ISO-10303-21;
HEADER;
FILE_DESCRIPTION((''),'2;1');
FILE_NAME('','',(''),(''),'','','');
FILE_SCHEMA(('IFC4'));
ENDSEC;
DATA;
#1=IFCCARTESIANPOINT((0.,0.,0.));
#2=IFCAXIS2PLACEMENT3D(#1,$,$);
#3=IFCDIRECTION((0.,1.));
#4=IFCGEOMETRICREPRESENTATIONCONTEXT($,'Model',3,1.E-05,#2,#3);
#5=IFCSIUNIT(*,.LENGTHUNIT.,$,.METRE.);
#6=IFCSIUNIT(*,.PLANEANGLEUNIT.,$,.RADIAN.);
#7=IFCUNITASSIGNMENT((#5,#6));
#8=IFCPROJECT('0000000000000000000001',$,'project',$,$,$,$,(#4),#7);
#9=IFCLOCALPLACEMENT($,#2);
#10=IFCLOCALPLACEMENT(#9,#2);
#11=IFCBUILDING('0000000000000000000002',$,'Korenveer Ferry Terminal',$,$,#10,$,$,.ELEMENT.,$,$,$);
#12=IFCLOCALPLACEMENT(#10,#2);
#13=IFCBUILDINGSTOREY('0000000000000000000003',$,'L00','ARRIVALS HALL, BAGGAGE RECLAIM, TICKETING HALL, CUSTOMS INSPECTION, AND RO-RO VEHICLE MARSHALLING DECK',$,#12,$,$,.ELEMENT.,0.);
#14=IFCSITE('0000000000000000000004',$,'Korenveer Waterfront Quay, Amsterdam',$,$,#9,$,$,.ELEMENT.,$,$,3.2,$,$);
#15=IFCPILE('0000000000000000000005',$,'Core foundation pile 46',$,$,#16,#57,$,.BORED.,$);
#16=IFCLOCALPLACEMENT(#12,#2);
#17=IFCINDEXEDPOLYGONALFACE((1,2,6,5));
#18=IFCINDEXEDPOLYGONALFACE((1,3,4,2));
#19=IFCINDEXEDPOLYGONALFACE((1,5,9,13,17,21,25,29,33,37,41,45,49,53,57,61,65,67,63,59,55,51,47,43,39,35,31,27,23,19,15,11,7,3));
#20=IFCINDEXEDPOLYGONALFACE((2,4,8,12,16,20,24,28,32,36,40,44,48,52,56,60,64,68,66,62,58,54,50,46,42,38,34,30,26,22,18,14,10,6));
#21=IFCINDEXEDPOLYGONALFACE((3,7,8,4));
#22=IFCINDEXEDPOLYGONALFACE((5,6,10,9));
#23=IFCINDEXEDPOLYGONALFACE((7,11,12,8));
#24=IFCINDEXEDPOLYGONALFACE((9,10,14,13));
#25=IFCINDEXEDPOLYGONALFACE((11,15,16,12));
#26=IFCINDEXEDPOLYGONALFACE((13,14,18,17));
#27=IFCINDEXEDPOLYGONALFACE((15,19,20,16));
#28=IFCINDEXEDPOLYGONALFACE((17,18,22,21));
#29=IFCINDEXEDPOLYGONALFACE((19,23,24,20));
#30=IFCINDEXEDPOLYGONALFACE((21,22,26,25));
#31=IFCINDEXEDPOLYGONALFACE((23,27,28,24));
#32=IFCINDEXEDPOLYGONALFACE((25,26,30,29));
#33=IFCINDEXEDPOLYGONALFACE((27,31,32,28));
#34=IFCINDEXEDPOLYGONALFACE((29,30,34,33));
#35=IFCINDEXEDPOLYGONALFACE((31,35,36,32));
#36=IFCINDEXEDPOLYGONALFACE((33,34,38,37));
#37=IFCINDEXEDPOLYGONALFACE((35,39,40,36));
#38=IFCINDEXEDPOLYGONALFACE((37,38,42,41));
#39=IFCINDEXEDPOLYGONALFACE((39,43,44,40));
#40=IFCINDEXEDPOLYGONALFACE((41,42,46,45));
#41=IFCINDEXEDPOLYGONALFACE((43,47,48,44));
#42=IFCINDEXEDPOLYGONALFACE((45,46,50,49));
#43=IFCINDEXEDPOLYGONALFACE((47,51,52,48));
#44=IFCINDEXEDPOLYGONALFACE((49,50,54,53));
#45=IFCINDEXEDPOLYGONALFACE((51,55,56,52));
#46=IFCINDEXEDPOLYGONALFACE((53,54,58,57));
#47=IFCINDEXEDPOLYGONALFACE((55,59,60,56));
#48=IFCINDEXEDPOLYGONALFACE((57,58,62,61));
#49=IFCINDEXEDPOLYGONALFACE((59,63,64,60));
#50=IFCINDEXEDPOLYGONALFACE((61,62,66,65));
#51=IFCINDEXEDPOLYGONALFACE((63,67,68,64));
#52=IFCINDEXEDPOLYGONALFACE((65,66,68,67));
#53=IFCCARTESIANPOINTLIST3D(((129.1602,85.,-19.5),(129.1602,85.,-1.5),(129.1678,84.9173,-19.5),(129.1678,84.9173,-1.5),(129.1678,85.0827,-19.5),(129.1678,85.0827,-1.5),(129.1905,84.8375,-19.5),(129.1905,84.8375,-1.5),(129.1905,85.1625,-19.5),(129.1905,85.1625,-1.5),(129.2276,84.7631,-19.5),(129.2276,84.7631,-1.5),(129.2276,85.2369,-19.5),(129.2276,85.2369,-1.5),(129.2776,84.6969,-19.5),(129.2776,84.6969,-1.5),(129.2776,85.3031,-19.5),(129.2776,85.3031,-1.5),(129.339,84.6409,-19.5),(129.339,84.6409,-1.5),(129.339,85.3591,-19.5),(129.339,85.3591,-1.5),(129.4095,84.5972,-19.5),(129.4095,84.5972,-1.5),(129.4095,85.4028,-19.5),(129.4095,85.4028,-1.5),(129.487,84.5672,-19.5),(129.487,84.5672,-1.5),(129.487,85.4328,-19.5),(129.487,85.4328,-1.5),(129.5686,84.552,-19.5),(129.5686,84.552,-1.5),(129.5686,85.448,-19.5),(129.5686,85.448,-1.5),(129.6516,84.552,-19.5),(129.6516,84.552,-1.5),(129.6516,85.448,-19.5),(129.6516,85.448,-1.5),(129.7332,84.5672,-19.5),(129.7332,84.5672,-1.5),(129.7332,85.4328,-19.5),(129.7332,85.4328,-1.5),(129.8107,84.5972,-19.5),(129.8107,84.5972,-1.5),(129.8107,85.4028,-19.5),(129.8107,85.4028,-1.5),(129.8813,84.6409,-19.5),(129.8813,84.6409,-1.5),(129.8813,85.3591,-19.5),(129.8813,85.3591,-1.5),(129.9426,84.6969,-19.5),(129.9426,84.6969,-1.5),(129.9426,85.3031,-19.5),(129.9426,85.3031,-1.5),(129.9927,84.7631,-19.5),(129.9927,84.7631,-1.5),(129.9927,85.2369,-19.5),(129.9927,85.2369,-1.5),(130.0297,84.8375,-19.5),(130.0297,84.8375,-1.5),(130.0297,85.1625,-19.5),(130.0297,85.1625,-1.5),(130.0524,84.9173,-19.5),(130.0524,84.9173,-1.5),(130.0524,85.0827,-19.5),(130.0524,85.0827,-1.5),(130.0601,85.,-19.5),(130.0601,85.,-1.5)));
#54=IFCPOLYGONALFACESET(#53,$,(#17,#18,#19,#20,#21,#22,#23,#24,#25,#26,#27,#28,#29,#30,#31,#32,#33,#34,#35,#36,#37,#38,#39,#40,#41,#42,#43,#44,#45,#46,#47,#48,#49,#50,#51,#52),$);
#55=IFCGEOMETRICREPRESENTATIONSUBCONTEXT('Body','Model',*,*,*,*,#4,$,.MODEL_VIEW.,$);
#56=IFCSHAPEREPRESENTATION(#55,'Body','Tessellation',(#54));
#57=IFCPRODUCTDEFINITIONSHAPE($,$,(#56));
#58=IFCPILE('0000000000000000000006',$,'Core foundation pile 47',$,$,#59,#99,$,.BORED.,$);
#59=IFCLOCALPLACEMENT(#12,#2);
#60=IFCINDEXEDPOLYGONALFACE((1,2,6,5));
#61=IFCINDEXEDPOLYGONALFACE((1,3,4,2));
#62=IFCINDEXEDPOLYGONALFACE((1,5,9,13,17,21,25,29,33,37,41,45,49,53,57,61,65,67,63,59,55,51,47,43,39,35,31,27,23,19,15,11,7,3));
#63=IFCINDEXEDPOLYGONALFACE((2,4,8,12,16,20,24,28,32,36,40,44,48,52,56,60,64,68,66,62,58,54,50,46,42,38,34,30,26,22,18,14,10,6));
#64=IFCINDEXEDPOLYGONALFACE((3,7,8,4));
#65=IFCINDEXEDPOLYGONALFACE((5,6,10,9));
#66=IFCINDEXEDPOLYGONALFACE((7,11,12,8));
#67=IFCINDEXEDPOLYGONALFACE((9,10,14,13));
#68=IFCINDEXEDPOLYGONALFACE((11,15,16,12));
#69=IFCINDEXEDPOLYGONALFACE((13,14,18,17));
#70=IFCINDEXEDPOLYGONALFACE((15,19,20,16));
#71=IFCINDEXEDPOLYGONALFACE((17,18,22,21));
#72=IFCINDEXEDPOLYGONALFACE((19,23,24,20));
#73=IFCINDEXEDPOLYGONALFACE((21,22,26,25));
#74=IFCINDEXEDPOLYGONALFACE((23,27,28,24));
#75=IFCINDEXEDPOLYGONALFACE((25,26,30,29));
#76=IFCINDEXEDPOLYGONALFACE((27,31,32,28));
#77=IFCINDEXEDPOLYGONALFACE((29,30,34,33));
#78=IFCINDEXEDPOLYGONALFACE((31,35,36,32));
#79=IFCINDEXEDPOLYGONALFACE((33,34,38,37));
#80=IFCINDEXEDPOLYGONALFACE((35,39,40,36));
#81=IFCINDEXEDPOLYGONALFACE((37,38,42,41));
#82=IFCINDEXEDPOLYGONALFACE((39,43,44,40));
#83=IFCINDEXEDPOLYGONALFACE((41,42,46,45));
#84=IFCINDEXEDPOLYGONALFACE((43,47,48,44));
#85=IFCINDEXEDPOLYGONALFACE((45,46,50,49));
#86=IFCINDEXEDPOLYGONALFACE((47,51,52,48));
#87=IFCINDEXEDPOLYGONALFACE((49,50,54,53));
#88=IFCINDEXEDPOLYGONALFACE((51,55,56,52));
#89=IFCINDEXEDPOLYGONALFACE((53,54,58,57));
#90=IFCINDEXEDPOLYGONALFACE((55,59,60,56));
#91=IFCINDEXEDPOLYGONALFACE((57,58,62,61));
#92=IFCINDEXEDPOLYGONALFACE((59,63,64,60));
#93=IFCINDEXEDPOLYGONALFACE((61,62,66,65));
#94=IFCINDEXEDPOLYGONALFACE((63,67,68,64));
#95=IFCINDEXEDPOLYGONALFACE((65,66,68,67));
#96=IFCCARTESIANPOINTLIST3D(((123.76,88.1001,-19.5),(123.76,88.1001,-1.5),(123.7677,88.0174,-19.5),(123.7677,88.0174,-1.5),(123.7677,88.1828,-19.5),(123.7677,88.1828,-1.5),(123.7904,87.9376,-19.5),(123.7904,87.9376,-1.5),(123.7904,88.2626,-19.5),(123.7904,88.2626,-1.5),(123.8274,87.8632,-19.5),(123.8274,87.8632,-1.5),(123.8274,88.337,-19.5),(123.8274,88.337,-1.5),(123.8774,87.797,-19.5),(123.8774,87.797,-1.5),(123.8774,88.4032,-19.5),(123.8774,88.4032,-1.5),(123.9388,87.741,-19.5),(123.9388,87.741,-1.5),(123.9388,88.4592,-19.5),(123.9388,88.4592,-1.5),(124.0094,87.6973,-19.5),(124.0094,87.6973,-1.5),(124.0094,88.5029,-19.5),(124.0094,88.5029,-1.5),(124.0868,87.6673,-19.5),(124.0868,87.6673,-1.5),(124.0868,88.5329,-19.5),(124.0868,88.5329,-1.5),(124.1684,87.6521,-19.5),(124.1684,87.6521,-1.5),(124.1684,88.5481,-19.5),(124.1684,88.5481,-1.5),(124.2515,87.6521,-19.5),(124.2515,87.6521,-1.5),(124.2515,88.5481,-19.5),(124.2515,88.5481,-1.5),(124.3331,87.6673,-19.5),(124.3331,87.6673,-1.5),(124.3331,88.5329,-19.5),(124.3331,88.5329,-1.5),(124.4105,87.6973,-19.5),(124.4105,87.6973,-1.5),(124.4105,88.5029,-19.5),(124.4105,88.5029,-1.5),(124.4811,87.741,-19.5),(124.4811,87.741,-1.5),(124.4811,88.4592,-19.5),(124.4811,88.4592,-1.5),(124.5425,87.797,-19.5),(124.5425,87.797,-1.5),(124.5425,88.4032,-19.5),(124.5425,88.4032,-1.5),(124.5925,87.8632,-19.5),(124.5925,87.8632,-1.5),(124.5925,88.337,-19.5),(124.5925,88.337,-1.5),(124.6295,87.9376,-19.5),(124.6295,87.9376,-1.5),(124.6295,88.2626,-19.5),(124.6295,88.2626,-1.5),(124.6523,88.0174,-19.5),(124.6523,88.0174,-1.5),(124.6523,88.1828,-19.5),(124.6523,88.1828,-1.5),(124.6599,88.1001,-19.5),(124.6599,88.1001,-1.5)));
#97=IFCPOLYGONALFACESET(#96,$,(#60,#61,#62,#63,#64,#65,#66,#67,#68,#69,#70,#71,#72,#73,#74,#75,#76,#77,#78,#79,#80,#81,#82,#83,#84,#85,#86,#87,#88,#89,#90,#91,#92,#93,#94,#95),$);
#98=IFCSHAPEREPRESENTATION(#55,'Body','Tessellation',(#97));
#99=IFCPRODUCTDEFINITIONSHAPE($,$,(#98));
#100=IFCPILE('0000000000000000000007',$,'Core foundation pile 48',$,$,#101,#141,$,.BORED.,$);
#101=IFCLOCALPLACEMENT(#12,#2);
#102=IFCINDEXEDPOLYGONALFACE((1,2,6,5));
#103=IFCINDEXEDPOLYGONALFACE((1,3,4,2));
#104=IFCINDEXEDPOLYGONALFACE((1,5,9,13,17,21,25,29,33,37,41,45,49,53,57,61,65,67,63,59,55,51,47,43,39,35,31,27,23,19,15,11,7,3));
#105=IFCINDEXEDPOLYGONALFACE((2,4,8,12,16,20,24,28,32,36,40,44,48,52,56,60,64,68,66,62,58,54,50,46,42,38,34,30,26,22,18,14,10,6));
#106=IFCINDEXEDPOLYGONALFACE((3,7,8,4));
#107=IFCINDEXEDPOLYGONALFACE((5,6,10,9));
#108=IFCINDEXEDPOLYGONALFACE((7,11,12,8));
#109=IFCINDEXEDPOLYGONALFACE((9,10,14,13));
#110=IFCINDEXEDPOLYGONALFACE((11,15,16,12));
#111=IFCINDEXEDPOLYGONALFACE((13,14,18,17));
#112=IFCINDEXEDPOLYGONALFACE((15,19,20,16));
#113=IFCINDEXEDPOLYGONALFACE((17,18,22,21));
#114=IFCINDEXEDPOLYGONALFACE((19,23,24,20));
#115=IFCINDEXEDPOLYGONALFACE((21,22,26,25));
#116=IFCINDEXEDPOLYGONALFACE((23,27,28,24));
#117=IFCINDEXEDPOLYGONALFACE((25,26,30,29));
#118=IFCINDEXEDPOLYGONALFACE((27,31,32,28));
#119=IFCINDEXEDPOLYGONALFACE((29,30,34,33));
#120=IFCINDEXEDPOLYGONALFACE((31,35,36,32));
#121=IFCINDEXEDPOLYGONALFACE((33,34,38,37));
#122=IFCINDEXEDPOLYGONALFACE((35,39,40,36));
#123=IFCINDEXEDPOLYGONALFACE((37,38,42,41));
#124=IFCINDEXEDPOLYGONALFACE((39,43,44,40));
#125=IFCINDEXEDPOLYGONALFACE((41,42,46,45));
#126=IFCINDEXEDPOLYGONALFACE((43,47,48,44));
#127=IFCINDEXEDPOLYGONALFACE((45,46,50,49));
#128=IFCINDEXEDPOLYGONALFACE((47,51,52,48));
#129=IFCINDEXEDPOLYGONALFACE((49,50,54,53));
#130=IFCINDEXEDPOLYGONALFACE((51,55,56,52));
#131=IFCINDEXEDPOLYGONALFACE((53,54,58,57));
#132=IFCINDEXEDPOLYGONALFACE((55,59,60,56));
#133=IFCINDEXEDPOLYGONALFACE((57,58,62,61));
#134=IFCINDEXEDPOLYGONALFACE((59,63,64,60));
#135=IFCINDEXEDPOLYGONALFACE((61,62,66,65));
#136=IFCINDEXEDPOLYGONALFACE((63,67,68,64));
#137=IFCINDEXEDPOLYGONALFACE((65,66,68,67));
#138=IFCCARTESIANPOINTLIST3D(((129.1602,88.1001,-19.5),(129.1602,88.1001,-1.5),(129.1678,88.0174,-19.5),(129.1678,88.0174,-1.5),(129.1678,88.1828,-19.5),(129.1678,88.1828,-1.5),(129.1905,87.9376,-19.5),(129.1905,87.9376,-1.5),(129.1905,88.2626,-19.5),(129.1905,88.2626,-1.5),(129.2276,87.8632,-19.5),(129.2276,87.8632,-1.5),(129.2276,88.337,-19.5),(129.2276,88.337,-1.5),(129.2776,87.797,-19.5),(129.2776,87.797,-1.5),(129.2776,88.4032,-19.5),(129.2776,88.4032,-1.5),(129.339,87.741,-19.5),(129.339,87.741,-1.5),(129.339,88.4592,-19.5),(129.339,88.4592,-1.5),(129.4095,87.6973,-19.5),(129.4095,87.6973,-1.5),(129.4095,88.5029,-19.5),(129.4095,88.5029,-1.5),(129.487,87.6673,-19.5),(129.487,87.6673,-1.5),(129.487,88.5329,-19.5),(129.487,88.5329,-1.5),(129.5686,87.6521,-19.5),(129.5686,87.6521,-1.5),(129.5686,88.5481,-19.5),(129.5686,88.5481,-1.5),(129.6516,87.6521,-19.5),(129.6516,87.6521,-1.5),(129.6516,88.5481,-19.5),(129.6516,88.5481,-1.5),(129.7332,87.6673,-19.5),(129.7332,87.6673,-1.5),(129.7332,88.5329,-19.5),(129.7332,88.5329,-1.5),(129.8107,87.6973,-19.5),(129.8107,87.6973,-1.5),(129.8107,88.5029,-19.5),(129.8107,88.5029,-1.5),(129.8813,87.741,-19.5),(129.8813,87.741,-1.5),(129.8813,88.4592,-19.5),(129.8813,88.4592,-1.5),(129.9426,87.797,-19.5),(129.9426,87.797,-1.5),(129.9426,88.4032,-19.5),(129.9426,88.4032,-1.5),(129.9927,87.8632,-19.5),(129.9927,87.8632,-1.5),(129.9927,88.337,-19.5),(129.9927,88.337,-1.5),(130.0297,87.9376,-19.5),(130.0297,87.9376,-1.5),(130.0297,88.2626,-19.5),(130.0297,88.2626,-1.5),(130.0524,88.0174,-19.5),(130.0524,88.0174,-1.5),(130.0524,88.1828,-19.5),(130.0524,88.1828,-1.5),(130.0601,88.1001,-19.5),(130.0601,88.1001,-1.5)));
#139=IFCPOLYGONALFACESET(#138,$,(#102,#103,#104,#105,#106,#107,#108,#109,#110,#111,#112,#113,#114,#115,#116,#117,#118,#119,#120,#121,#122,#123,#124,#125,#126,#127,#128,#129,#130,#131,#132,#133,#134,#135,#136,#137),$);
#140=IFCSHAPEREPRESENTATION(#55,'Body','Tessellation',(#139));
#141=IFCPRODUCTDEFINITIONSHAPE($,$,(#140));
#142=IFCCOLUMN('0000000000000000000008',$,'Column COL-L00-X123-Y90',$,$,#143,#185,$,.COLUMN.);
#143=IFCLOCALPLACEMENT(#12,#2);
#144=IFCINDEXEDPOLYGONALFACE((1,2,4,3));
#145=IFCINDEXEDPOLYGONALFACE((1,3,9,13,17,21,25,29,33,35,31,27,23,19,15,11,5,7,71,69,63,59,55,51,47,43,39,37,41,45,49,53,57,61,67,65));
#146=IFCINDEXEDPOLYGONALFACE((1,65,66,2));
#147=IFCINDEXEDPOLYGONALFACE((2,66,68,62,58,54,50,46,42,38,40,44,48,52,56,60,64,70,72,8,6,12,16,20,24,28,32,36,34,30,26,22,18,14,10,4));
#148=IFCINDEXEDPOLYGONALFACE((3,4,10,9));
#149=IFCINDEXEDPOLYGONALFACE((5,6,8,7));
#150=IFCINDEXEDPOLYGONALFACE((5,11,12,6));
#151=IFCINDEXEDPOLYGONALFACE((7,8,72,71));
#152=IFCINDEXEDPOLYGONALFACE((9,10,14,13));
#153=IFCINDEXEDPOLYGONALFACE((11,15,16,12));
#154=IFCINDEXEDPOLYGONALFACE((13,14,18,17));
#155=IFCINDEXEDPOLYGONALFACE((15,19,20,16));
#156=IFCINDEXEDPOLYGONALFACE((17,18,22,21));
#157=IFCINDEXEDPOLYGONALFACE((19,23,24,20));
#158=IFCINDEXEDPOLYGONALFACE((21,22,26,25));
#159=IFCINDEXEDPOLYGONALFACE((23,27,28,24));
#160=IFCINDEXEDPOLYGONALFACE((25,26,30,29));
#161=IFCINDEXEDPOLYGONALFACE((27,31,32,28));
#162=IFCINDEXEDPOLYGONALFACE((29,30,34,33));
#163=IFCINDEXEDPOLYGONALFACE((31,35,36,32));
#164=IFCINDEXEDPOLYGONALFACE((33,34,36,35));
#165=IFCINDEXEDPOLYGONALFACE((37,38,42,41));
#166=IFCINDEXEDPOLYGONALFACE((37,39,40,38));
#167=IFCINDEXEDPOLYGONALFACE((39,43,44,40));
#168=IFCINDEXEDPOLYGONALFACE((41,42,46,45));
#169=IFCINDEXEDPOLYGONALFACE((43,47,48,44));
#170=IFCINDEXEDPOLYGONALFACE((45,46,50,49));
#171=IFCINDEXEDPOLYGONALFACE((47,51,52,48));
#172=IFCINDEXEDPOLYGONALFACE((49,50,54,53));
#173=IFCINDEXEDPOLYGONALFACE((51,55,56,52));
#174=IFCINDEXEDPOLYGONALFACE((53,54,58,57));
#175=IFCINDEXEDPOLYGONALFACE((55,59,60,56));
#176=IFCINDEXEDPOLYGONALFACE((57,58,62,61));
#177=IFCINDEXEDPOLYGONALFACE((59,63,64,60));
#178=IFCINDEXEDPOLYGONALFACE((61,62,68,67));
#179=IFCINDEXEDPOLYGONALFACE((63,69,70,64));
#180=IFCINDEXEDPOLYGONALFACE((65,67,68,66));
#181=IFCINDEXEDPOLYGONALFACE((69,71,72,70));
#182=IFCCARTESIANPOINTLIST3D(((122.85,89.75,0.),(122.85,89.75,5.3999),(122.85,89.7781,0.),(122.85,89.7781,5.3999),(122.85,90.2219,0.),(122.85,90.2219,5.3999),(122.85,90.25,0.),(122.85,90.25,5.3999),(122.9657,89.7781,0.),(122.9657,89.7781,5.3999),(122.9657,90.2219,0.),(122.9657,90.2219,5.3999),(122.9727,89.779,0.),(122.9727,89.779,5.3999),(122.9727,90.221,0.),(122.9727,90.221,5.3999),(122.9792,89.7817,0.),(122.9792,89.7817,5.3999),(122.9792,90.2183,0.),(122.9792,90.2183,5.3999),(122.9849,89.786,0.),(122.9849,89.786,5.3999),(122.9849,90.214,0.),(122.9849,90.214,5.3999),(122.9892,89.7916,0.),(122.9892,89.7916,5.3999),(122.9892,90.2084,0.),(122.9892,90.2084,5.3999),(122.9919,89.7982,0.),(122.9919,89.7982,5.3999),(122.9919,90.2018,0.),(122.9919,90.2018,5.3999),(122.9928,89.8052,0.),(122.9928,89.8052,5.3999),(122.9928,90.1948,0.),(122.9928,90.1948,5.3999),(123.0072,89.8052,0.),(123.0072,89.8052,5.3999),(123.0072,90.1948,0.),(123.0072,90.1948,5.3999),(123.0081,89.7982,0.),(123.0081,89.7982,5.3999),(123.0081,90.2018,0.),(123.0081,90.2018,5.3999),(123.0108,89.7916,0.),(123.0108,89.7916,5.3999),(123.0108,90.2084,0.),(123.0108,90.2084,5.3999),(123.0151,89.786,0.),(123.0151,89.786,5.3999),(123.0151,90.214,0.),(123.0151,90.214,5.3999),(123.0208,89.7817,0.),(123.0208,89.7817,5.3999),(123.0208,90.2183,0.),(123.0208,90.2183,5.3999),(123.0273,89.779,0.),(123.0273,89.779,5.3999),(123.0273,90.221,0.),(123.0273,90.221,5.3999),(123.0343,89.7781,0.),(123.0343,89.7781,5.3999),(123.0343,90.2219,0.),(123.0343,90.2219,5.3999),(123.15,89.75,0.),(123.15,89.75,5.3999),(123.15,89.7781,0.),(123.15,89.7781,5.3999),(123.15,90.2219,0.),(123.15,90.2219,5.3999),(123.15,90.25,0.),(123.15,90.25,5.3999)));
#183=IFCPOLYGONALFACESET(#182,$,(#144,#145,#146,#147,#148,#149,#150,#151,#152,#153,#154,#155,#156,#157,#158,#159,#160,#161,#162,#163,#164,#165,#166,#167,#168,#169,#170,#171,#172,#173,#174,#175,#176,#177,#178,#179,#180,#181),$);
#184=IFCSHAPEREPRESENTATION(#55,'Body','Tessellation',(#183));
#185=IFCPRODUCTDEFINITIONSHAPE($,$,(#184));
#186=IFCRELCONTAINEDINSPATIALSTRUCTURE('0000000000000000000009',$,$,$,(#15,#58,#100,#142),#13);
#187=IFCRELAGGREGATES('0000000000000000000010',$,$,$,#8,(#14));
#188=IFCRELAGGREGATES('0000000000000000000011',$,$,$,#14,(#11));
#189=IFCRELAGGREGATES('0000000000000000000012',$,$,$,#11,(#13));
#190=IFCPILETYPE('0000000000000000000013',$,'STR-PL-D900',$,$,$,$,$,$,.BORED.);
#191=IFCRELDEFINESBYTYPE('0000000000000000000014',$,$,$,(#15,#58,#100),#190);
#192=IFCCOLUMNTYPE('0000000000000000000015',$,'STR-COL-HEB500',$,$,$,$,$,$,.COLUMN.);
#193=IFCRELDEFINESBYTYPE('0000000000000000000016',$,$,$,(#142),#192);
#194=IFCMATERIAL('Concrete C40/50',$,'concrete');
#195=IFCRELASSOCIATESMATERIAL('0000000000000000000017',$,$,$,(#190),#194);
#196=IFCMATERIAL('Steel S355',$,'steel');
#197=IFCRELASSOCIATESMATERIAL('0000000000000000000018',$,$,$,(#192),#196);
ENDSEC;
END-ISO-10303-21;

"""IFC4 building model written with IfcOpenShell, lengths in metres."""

from ifc_helpers import new_model, si_unit, direction, frame, origin, origin_2d, place, context, subcontext, project, spatial, circle, i_section, extrude, material, material_profile, profile_set, type_object, element, save


model = new_model("IFC4")

# Units and contexts
model_context = context("Model", 3, precision=1e-05, world=origin(), true_north=direction((0.0, 1.0)))
body_context = subcontext(model_context, "Body", "Model", "MODEL_VIEW")
ifc_project = project(units=[si_unit("LENGTHUNIT", "METRE"), si_unit("PLANEANGLEUNIT", "RADIAN")], contexts=[model_context])

# Site, building, storey
site_placement = place(None, origin())
site = spatial("IfcSite", under=ifc_project, at=site_placement, Name="Korenveer Waterfront Quay, Amsterdam", CompositionType="ELEMENT", RefElevation=3.2)
building_placement = place(site_placement, origin())
building = spatial("IfcBuilding", under=site, at=building_placement, Name="Korenveer Ferry Terminal", CompositionType="ELEMENT")
storey_placement = place(building_placement, origin())
storey = spatial("IfcBuildingStorey", under=building, at=storey_placement, Name="L00", Description="ARRIVALS HALL, BAGGAGE RECLAIM, TICKETING HALL, CUSTOMS INSPECTION, AND RO-RO VEHICLE MARSHALLING DECK", CompositionType="ELEMENT", Elevation=0.0)

# Shared definitions
ifc_material_1 = material(Name="Concrete C40/50", Category="concrete")

# Piles
ifc_material_profile_1 = material_profile(ifc_material_1, circle(Radius=0.45, at=origin_2d()), Name="PILE D900")
ifc_profile_set_1 = profile_set([ifc_material_profile_1], Name="Concrete C40/50")
pile_type_1 = type_object("IfcPileType", Name="STR-PL-D900", PredefinedType="BORED", material=ifc_profile_set_1)
for number, where, z_axis, x_axis, name in (
    (1, (129.6101, 85.0, -1.5), (0.0, 0.0, -1.0), (1.0, 0.0, 0.0), "Core foundation pile 46"),
    (2, (124.21, 88.1001, -1.5), (0.0, 0.0, -1.0), (1.0, 0.0, 0.0), "Core foundation pile 47"),
    (3, (129.6101, 88.1001, -1.5), (0.0, 0.0, -1.0), (1.0, 0.0, 0.0), "Core foundation pile 48"),
):
    element("IfcPile", number, at=place(storey_placement, frame(where, z_axis=z_axis, x_axis=x_axis)), inside=storey, type_object=pile_type_1, Name=name, PredefinedType="BORED", context=body_context, shape_type="SweptSolid", body=[
        extrude(circle(Radius=0.45, at=origin_2d()), origin(), (0.0, 0.0, 1.0), 18.0),
    ])

# Column
ifc_material_2 = material(Name="Steel S355", Category="steel")
ifc_material_profile_2 = material_profile(ifc_material_2, i_section(OverallWidth=0.3, OverallDepth=0.5, WebThickness=0.0144, FlangeThickness=0.0281, FilletRadius=0.0271, at=origin_2d()), Name="HEB 500")
ifc_profile_set_2 = profile_set([ifc_material_profile_2], Name="Steel S355")
column_type = type_object("IfcColumnType", Name="STR-COL-HEB500", PredefinedType="COLUMN", material=ifc_profile_set_2)
column_placement = place(storey_placement, frame((123.0, 90.0, 0.0), z_axis=(0.0, 0.0, 1.0), x_axis=(1.0, 0.0, 0.0)))
element("IfcColumn", 4, at=column_placement, inside=storey, type_object=column_type, Name="Column COL-L00-X123-Y90", PredefinedType="COLUMN", context=body_context, shape_type="SweptSolid", body=[
    extrude(i_section(OverallWidth=0.3, OverallDepth=0.5, WebThickness=0.0144, FlangeThickness=0.0281, FilletRadius=0.0271, at=origin_2d()), origin(), (0.0, 0.0, 1.0), 5.3999),
])

save(model, "model.ifc")
